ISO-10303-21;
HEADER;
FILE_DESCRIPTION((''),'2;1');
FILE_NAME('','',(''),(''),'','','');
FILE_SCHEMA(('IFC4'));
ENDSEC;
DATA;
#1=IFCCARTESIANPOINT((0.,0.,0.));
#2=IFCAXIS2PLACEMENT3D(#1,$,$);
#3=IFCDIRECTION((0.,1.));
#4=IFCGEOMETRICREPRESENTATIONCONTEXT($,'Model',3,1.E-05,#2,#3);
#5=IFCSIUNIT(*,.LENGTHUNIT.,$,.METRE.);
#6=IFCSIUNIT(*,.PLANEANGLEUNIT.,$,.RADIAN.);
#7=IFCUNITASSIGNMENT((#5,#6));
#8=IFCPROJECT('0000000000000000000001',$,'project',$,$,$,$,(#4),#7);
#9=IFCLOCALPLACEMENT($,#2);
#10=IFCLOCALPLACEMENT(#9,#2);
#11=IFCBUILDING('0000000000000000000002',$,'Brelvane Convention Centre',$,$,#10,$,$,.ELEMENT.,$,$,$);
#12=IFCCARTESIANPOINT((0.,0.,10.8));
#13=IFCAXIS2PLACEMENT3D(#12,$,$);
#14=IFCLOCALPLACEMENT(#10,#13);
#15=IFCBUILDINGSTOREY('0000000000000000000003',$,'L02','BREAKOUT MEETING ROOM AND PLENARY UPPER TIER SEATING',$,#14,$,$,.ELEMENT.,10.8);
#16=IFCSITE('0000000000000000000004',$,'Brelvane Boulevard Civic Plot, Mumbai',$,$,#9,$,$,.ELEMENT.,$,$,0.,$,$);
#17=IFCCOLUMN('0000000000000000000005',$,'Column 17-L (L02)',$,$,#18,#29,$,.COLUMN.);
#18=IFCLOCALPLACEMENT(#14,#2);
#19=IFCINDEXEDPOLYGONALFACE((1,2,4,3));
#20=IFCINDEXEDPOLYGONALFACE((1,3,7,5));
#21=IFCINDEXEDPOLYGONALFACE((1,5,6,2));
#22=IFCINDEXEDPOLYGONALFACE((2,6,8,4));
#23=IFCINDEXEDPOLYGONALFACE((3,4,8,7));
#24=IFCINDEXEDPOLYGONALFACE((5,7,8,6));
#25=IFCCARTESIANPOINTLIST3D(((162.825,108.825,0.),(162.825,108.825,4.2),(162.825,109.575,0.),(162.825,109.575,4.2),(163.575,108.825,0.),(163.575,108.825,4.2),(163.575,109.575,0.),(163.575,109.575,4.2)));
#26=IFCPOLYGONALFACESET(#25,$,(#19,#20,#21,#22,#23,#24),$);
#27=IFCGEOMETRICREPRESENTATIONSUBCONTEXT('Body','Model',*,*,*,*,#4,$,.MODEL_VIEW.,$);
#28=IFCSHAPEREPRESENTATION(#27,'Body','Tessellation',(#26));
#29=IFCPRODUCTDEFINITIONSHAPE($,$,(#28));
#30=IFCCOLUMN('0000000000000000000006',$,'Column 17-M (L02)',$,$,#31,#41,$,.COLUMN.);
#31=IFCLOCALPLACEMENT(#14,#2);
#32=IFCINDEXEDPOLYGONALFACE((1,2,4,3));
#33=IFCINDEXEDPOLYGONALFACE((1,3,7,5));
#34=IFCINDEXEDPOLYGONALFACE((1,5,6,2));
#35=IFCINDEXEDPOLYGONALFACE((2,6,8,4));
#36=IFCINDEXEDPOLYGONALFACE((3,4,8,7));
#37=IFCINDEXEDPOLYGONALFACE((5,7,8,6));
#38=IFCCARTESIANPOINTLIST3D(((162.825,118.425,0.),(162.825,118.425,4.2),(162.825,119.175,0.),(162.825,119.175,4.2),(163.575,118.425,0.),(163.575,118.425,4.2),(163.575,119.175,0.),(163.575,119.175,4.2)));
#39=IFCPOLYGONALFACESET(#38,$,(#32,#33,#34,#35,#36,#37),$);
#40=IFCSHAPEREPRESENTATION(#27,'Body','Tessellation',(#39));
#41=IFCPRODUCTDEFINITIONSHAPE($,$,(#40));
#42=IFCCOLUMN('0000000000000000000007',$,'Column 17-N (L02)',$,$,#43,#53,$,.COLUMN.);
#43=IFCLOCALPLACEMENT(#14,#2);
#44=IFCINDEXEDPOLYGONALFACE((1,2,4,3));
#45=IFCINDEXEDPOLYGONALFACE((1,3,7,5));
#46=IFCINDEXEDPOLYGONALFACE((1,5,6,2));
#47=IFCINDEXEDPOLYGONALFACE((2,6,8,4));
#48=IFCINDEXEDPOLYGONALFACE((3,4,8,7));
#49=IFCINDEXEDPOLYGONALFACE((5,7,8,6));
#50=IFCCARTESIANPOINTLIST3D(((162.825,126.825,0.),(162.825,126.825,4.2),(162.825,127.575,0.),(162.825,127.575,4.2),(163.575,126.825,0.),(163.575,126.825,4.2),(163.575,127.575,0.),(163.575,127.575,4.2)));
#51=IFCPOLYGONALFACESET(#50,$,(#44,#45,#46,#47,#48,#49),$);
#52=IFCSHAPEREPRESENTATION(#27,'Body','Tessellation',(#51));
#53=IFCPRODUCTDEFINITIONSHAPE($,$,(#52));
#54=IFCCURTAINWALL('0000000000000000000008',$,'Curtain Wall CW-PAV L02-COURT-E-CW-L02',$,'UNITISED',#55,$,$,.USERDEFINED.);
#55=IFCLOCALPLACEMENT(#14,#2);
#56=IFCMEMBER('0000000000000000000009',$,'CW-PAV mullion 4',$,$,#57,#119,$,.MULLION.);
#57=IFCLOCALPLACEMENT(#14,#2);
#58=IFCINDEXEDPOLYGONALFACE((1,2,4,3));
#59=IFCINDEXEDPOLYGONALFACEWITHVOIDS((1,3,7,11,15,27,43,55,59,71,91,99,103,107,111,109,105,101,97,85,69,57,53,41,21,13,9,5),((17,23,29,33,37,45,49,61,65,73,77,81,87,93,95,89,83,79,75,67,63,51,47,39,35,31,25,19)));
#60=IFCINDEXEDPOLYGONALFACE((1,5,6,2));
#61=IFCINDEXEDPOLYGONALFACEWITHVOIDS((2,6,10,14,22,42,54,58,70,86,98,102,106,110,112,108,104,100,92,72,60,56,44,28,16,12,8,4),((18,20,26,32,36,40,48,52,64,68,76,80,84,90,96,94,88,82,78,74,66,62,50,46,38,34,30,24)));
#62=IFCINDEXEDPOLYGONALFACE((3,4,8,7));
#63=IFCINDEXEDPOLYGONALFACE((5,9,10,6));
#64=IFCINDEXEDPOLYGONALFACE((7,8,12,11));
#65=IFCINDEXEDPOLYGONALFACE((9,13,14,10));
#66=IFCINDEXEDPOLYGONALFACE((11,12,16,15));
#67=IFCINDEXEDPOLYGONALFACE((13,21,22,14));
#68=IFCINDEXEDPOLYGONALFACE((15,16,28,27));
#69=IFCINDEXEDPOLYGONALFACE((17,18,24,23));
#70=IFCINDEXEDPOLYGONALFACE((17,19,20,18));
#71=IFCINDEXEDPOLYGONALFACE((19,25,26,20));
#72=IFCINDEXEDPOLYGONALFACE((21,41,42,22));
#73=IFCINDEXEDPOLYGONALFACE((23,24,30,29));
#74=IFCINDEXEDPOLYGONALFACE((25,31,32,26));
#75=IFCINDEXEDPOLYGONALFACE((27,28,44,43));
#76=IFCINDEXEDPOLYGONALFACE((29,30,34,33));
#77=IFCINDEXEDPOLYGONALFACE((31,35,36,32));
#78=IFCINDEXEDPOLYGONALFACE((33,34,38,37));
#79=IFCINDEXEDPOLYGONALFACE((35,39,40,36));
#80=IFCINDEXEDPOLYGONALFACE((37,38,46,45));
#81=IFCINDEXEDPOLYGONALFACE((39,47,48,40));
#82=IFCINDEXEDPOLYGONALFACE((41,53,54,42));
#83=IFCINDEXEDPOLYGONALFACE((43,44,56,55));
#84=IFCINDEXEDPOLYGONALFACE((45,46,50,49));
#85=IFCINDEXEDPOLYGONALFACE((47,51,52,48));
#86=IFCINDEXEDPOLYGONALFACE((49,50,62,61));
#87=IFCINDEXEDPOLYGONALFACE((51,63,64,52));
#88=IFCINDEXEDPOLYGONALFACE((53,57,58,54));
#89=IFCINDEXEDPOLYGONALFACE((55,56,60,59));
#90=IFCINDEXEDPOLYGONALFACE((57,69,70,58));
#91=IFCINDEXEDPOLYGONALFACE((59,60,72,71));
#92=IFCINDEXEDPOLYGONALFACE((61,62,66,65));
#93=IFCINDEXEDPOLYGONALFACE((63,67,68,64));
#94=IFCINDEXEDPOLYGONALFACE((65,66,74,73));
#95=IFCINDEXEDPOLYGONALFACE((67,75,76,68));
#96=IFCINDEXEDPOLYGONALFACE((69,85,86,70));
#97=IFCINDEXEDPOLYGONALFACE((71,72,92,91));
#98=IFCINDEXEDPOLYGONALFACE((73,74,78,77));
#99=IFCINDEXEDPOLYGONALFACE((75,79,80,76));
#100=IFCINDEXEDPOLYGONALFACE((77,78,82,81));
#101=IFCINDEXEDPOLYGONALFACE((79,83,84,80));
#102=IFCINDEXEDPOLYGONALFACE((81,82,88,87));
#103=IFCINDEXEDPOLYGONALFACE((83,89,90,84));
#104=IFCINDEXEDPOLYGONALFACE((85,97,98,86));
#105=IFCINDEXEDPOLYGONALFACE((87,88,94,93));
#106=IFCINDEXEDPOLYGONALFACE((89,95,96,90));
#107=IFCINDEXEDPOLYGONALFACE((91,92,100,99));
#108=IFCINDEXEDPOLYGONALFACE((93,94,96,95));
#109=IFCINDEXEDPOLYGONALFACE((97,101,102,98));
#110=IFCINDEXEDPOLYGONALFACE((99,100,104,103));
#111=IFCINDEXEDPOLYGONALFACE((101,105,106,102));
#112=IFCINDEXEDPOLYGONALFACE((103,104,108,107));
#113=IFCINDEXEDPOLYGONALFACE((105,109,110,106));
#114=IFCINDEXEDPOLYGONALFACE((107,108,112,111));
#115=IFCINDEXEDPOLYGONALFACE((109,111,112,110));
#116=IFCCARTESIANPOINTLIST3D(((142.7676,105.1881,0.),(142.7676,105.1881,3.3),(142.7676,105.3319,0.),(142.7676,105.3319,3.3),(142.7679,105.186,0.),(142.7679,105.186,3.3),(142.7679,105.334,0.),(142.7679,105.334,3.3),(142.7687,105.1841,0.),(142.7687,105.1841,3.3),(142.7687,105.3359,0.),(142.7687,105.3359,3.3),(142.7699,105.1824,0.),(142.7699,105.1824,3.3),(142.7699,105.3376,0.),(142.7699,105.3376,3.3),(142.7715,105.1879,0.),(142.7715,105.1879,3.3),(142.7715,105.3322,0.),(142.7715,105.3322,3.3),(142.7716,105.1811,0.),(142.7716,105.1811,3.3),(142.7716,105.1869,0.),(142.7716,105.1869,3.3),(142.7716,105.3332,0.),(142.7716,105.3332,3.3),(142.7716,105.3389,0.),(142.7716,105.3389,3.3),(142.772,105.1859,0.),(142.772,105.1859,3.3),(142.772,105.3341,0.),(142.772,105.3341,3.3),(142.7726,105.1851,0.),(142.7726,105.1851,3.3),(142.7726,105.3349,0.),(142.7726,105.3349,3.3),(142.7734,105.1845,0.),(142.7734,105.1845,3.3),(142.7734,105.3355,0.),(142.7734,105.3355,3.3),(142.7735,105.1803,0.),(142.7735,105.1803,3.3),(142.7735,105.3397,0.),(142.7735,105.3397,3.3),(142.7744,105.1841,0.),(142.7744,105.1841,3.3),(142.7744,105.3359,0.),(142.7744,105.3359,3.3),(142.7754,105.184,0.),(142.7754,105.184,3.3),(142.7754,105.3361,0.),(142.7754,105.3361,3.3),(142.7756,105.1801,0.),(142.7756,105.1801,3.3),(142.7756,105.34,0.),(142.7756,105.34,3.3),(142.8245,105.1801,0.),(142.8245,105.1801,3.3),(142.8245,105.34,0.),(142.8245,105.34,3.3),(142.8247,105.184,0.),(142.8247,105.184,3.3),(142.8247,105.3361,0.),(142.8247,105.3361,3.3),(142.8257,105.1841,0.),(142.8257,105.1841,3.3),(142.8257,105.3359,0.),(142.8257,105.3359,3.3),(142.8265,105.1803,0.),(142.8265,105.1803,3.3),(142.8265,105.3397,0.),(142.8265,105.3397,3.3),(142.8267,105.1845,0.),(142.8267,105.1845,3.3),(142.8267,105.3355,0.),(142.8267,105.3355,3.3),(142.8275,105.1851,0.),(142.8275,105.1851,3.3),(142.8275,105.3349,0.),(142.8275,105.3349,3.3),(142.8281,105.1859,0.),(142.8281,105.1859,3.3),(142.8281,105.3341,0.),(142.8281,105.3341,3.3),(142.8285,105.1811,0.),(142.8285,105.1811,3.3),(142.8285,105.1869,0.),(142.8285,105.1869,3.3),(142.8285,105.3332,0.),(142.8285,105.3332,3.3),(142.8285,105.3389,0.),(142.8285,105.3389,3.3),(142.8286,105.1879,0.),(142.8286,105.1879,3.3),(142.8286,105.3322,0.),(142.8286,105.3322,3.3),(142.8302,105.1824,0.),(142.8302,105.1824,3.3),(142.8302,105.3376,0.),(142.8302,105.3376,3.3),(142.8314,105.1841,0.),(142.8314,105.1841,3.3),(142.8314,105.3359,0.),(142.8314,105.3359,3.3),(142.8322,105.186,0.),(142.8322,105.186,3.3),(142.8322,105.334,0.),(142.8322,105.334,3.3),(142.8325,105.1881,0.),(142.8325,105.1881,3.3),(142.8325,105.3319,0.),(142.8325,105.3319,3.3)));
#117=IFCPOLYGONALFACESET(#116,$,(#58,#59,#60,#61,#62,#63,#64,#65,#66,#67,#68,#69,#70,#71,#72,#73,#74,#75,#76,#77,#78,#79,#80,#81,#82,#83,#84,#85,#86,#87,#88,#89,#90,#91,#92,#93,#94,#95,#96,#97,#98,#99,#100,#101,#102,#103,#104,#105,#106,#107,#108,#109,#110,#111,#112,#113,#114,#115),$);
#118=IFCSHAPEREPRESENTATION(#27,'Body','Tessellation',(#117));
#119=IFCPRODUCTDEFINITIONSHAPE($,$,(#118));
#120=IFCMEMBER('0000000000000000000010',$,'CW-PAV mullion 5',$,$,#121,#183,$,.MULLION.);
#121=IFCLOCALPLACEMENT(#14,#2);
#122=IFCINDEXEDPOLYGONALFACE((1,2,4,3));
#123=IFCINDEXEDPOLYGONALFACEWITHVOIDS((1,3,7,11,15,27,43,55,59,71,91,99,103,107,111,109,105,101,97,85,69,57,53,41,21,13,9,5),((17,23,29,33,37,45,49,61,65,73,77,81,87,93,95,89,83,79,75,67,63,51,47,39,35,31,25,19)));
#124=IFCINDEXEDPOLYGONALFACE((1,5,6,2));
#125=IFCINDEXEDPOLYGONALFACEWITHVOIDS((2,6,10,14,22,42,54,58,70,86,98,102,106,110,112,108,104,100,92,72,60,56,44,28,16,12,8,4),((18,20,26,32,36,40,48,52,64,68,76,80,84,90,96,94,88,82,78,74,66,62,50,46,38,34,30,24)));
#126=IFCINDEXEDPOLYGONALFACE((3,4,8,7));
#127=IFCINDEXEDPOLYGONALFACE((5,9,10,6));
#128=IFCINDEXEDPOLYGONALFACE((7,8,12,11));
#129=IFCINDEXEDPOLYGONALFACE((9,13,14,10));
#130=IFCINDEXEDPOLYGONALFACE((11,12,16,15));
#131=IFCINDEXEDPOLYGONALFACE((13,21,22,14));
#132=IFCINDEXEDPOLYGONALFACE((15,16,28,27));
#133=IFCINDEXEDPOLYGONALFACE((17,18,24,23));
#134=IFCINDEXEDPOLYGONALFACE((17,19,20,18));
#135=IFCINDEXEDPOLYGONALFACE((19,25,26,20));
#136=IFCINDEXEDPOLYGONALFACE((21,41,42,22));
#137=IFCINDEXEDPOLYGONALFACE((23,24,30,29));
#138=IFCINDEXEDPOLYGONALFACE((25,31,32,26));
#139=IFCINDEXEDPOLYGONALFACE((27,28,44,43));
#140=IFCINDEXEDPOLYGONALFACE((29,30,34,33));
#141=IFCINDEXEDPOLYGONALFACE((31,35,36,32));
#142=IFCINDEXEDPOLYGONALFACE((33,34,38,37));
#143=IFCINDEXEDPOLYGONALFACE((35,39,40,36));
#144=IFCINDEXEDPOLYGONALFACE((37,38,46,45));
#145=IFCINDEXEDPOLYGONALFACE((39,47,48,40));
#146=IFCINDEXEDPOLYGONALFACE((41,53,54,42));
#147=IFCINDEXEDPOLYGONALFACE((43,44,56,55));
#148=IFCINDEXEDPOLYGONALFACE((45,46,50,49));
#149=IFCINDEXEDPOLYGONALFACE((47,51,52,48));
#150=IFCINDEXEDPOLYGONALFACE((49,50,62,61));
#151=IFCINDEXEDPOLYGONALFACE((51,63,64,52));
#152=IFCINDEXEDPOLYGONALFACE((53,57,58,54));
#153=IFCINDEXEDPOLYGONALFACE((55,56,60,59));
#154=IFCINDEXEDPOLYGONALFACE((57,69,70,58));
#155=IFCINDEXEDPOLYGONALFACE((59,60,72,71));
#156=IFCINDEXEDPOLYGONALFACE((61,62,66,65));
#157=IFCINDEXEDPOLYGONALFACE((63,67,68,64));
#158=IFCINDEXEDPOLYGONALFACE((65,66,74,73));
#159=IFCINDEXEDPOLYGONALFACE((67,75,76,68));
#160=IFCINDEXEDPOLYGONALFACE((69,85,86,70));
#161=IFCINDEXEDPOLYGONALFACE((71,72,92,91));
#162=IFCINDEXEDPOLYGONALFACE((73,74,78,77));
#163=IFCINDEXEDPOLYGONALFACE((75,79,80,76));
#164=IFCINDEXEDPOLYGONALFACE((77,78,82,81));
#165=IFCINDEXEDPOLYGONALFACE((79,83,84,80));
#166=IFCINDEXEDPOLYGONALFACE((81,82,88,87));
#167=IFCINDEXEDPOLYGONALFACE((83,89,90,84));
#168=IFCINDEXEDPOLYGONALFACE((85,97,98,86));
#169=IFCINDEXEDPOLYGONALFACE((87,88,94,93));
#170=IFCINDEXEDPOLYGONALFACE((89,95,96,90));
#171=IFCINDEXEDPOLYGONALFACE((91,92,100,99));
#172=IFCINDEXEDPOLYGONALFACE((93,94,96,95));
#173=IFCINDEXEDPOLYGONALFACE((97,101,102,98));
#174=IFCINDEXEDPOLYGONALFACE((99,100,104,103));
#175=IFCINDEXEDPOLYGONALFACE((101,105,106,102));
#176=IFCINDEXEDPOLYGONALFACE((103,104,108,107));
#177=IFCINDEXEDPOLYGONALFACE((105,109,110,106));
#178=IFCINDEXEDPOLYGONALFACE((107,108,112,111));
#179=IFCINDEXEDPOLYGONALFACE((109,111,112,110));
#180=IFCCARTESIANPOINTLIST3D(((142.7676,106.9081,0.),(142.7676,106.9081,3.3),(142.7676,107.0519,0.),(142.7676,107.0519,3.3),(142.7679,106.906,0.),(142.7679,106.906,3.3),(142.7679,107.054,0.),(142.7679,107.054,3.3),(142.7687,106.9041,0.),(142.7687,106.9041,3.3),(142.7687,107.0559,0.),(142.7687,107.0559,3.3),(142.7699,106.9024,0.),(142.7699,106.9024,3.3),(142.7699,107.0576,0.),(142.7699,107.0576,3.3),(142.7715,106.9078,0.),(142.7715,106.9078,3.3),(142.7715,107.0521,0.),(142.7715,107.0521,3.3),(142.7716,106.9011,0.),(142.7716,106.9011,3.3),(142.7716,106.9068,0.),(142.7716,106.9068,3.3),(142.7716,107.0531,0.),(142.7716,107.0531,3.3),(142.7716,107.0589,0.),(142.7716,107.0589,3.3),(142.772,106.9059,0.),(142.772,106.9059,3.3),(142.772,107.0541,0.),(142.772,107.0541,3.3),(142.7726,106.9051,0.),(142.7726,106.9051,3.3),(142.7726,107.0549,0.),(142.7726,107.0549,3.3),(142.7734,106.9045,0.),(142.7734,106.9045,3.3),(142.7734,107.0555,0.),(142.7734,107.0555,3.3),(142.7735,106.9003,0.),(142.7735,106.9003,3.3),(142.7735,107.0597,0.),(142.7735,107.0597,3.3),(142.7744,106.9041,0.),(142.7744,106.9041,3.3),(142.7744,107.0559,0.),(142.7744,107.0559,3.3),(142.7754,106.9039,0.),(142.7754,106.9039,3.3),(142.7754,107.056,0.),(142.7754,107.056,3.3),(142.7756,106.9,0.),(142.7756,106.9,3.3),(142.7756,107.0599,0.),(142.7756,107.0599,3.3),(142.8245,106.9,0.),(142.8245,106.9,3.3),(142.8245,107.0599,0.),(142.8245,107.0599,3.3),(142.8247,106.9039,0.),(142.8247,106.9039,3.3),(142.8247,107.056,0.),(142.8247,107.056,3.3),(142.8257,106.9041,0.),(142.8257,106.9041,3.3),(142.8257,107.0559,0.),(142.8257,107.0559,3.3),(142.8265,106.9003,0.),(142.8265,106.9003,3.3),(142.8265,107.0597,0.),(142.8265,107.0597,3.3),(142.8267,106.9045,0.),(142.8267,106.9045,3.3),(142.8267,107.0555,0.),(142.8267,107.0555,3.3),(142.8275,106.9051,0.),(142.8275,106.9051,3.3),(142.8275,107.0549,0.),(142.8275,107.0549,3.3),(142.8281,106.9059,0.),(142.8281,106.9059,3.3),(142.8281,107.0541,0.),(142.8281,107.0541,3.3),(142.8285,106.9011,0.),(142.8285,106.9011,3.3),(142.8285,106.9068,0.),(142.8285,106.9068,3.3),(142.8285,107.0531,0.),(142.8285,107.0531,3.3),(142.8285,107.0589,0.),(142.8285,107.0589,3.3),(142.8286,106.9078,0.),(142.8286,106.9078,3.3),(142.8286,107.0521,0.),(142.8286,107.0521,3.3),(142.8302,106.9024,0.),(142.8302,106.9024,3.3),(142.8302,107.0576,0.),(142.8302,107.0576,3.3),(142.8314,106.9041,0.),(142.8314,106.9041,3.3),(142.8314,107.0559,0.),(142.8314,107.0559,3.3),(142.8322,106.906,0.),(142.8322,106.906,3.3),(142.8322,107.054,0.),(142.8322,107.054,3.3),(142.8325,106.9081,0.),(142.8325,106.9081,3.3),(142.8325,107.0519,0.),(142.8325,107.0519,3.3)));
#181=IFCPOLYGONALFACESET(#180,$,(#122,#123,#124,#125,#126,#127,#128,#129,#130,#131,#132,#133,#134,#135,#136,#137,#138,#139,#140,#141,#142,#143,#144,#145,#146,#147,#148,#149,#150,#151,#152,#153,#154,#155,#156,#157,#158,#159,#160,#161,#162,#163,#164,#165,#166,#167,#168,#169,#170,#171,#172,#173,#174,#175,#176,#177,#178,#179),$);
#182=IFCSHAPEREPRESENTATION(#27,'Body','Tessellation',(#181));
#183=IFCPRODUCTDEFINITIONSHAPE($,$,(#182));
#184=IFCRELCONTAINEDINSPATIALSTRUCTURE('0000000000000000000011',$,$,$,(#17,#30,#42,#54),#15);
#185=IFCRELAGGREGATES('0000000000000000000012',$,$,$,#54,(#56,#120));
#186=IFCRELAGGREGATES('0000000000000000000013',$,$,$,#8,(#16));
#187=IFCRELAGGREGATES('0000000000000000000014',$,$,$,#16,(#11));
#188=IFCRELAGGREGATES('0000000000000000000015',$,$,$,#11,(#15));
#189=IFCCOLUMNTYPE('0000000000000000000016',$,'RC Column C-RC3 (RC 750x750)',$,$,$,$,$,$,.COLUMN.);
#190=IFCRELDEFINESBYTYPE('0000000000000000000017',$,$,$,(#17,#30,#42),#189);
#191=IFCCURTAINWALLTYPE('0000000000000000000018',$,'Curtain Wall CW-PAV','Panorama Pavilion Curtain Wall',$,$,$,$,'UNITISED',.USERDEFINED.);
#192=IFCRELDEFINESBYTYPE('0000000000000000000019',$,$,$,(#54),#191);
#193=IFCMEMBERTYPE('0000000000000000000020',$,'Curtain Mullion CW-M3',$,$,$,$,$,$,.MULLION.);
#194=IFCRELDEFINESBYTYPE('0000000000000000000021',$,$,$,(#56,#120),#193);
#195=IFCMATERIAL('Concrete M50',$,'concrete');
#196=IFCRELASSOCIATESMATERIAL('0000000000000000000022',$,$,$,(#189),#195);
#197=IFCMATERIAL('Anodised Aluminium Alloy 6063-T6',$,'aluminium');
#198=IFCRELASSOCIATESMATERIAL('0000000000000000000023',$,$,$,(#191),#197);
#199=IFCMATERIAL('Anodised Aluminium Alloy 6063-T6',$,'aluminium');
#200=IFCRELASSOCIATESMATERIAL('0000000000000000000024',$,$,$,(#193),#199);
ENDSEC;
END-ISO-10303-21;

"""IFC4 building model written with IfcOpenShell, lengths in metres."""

from ifc_helpers import new_model, si_unit, direction, frame, origin, origin_2d, place, context, subcontext, project, spatial, rectangle, hollow_rectangle, extrude, material, material_profile, profile_set, type_object, element, aggregate, save


model = new_model("IFC4")

# Units and contexts
model_context = context("Model", 3, precision=1e-05, world=origin(), true_north=direction((0.0, 1.0)))
body_context = subcontext(model_context, "Body", "Model", "MODEL_VIEW")
ifc_project = project(units=[si_unit("LENGTHUNIT", "METRE"), si_unit("PLANEANGLEUNIT", "RADIAN")], contexts=[model_context])

# Site, building, storey
site_placement = place(None, origin())
site = spatial("IfcSite", under=ifc_project, at=site_placement, Name="Brelvane Boulevard Civic Plot, Mumbai", CompositionType="ELEMENT", RefElevation=0.0)
building_placement = place(site_placement, origin())
building = spatial("IfcBuilding", under=site, at=building_placement, Name="Brelvane Convention Centre", CompositionType="ELEMENT")
storey_placement = place(building_placement, frame((0.0, 0.0, 10.8)))
storey = spatial("IfcBuildingStorey", under=building, at=storey_placement, Name="L02", Description="BREAKOUT MEETING ROOM AND PLENARY UPPER TIER SEATING", CompositionType="ELEMENT", Elevation=10.8)

# Columns
ifc_material_1 = material(Name="Concrete M50", Category="concrete")
ifc_material_profile_1 = material_profile(ifc_material_1, rectangle(XDim=0.75, YDim=0.75, at=origin_2d()), Name="RC 750x750")
ifc_profile_set_1 = profile_set([ifc_material_profile_1], Name="Concrete M50")
column_type = type_object("IfcColumnType", Name="RC Column C-RC3 (RC 750x750)", PredefinedType="COLUMN", material=ifc_profile_set_1)
for number, where, z_axis, x_axis, name in (
    (1, (163.2, 109.2, 0.0), (0.0, 0.0, 1.0), (1.0, 0.0, 0.0), "Column 17-L (L02)"),
    (2, (163.2, 118.8, 0.0), (0.0, 0.0, 1.0), (1.0, 0.0, 0.0), "Column 17-M (L02)"),
    (3, (163.2, 127.2, 0.0), (0.0, 0.0, 1.0), (1.0, 0.0, 0.0), "Column 17-N (L02)"),
):
    element("IfcColumn", number, at=place(storey_placement, frame(where, z_axis=z_axis, x_axis=x_axis)), inside=storey, type_object=column_type, Name=name, PredefinedType="COLUMN", context=body_context, shape_type="SweptSolid", body=[
        extrude(rectangle(XDim=0.75, YDim=0.75, at=origin_2d()), origin(), (0.0, 0.0, 1.0), 4.2),
    ])

# Curtain wall, members
ifc_material_2 = material(Name="Anodised Aluminium Alloy 6063-T6", Category="aluminium")
curtain_wall_type = type_object("IfcCurtainWallType", Name="Curtain Wall CW-PAV", Description="Panorama Pavilion Curtain Wall", ElementType="UNITISED", PredefinedType="USERDEFINED", material=ifc_material_2)
curtain_wall_placement = place(storey_placement, origin())
curtain_wall = element("IfcCurtainWall", 4, at=curtain_wall_placement, inside=storey, type_object=curtain_wall_type, Name="Curtain Wall CW-PAV L02-COURT-E-CW-L02", ObjectType="UNITISED", PredefinedType="USERDEFINED")
ifc_material_3 = material(Name="Anodised Aluminium Alloy 6063-T6", Category="aluminium")
ifc_material_profile_2 = material_profile(ifc_material_3, hollow_rectangle(XDim=0.0649, YDim=0.1599, WallThickness=0.0039, InnerFilletRadius=0.0039, OuterFilletRadius=0.0081, at=origin_2d()), Name="ALU-M 160x65x4.0")
ifc_profile_set_2 = profile_set([ifc_material_profile_2], Name="Anodised Aluminium Alloy 6063-T6")
member_type_1 = type_object("IfcMemberType", Name="Curtain Mullion CW-M3", PredefinedType="MULLION", material=ifc_profile_set_2)
member_1_placement = place(storey_placement, frame((142.8, 105.26, 0.0), z_axis=(0.0, 0.0, 1.0), x_axis=(-1.0, 0.0, 0.0)))
member_1 = element("IfcMember", 5, at=member_1_placement, type_object=member_type_1, Name="CW-PAV mullion 4", PredefinedType="MULLION", context=body_context, shape_type="SweptSolid", body=[
    extrude(hollow_rectangle(XDim=0.0649, YDim=0.1599, WallThickness=0.0039, InnerFilletRadius=0.0039, OuterFilletRadius=0.0081, at=origin_2d()), origin(), (0.0, 0.0, 1.0), 3.3),
])
member_2_placement = place(storey_placement, frame((142.8, 106.98, 0.0), z_axis=(0.0, 0.0, 1.0), x_axis=(-1.0, 0.0, 0.0)))
member_2 = element("IfcMember", 6, at=member_2_placement, type_object=member_type_1, Name="CW-PAV mullion 5", PredefinedType="MULLION", context=body_context, shape_type="SweptSolid", body=[
    extrude(hollow_rectangle(XDim=0.0649, YDim=0.1599, WallThickness=0.0039, InnerFilletRadius=0.0039, OuterFilletRadius=0.0081, at=origin_2d()), origin(), (0.0, 0.0, 1.0), 3.3),
])

aggregate(curtain_wall, [member_1, member_2])

save(model, "model.ifc")
